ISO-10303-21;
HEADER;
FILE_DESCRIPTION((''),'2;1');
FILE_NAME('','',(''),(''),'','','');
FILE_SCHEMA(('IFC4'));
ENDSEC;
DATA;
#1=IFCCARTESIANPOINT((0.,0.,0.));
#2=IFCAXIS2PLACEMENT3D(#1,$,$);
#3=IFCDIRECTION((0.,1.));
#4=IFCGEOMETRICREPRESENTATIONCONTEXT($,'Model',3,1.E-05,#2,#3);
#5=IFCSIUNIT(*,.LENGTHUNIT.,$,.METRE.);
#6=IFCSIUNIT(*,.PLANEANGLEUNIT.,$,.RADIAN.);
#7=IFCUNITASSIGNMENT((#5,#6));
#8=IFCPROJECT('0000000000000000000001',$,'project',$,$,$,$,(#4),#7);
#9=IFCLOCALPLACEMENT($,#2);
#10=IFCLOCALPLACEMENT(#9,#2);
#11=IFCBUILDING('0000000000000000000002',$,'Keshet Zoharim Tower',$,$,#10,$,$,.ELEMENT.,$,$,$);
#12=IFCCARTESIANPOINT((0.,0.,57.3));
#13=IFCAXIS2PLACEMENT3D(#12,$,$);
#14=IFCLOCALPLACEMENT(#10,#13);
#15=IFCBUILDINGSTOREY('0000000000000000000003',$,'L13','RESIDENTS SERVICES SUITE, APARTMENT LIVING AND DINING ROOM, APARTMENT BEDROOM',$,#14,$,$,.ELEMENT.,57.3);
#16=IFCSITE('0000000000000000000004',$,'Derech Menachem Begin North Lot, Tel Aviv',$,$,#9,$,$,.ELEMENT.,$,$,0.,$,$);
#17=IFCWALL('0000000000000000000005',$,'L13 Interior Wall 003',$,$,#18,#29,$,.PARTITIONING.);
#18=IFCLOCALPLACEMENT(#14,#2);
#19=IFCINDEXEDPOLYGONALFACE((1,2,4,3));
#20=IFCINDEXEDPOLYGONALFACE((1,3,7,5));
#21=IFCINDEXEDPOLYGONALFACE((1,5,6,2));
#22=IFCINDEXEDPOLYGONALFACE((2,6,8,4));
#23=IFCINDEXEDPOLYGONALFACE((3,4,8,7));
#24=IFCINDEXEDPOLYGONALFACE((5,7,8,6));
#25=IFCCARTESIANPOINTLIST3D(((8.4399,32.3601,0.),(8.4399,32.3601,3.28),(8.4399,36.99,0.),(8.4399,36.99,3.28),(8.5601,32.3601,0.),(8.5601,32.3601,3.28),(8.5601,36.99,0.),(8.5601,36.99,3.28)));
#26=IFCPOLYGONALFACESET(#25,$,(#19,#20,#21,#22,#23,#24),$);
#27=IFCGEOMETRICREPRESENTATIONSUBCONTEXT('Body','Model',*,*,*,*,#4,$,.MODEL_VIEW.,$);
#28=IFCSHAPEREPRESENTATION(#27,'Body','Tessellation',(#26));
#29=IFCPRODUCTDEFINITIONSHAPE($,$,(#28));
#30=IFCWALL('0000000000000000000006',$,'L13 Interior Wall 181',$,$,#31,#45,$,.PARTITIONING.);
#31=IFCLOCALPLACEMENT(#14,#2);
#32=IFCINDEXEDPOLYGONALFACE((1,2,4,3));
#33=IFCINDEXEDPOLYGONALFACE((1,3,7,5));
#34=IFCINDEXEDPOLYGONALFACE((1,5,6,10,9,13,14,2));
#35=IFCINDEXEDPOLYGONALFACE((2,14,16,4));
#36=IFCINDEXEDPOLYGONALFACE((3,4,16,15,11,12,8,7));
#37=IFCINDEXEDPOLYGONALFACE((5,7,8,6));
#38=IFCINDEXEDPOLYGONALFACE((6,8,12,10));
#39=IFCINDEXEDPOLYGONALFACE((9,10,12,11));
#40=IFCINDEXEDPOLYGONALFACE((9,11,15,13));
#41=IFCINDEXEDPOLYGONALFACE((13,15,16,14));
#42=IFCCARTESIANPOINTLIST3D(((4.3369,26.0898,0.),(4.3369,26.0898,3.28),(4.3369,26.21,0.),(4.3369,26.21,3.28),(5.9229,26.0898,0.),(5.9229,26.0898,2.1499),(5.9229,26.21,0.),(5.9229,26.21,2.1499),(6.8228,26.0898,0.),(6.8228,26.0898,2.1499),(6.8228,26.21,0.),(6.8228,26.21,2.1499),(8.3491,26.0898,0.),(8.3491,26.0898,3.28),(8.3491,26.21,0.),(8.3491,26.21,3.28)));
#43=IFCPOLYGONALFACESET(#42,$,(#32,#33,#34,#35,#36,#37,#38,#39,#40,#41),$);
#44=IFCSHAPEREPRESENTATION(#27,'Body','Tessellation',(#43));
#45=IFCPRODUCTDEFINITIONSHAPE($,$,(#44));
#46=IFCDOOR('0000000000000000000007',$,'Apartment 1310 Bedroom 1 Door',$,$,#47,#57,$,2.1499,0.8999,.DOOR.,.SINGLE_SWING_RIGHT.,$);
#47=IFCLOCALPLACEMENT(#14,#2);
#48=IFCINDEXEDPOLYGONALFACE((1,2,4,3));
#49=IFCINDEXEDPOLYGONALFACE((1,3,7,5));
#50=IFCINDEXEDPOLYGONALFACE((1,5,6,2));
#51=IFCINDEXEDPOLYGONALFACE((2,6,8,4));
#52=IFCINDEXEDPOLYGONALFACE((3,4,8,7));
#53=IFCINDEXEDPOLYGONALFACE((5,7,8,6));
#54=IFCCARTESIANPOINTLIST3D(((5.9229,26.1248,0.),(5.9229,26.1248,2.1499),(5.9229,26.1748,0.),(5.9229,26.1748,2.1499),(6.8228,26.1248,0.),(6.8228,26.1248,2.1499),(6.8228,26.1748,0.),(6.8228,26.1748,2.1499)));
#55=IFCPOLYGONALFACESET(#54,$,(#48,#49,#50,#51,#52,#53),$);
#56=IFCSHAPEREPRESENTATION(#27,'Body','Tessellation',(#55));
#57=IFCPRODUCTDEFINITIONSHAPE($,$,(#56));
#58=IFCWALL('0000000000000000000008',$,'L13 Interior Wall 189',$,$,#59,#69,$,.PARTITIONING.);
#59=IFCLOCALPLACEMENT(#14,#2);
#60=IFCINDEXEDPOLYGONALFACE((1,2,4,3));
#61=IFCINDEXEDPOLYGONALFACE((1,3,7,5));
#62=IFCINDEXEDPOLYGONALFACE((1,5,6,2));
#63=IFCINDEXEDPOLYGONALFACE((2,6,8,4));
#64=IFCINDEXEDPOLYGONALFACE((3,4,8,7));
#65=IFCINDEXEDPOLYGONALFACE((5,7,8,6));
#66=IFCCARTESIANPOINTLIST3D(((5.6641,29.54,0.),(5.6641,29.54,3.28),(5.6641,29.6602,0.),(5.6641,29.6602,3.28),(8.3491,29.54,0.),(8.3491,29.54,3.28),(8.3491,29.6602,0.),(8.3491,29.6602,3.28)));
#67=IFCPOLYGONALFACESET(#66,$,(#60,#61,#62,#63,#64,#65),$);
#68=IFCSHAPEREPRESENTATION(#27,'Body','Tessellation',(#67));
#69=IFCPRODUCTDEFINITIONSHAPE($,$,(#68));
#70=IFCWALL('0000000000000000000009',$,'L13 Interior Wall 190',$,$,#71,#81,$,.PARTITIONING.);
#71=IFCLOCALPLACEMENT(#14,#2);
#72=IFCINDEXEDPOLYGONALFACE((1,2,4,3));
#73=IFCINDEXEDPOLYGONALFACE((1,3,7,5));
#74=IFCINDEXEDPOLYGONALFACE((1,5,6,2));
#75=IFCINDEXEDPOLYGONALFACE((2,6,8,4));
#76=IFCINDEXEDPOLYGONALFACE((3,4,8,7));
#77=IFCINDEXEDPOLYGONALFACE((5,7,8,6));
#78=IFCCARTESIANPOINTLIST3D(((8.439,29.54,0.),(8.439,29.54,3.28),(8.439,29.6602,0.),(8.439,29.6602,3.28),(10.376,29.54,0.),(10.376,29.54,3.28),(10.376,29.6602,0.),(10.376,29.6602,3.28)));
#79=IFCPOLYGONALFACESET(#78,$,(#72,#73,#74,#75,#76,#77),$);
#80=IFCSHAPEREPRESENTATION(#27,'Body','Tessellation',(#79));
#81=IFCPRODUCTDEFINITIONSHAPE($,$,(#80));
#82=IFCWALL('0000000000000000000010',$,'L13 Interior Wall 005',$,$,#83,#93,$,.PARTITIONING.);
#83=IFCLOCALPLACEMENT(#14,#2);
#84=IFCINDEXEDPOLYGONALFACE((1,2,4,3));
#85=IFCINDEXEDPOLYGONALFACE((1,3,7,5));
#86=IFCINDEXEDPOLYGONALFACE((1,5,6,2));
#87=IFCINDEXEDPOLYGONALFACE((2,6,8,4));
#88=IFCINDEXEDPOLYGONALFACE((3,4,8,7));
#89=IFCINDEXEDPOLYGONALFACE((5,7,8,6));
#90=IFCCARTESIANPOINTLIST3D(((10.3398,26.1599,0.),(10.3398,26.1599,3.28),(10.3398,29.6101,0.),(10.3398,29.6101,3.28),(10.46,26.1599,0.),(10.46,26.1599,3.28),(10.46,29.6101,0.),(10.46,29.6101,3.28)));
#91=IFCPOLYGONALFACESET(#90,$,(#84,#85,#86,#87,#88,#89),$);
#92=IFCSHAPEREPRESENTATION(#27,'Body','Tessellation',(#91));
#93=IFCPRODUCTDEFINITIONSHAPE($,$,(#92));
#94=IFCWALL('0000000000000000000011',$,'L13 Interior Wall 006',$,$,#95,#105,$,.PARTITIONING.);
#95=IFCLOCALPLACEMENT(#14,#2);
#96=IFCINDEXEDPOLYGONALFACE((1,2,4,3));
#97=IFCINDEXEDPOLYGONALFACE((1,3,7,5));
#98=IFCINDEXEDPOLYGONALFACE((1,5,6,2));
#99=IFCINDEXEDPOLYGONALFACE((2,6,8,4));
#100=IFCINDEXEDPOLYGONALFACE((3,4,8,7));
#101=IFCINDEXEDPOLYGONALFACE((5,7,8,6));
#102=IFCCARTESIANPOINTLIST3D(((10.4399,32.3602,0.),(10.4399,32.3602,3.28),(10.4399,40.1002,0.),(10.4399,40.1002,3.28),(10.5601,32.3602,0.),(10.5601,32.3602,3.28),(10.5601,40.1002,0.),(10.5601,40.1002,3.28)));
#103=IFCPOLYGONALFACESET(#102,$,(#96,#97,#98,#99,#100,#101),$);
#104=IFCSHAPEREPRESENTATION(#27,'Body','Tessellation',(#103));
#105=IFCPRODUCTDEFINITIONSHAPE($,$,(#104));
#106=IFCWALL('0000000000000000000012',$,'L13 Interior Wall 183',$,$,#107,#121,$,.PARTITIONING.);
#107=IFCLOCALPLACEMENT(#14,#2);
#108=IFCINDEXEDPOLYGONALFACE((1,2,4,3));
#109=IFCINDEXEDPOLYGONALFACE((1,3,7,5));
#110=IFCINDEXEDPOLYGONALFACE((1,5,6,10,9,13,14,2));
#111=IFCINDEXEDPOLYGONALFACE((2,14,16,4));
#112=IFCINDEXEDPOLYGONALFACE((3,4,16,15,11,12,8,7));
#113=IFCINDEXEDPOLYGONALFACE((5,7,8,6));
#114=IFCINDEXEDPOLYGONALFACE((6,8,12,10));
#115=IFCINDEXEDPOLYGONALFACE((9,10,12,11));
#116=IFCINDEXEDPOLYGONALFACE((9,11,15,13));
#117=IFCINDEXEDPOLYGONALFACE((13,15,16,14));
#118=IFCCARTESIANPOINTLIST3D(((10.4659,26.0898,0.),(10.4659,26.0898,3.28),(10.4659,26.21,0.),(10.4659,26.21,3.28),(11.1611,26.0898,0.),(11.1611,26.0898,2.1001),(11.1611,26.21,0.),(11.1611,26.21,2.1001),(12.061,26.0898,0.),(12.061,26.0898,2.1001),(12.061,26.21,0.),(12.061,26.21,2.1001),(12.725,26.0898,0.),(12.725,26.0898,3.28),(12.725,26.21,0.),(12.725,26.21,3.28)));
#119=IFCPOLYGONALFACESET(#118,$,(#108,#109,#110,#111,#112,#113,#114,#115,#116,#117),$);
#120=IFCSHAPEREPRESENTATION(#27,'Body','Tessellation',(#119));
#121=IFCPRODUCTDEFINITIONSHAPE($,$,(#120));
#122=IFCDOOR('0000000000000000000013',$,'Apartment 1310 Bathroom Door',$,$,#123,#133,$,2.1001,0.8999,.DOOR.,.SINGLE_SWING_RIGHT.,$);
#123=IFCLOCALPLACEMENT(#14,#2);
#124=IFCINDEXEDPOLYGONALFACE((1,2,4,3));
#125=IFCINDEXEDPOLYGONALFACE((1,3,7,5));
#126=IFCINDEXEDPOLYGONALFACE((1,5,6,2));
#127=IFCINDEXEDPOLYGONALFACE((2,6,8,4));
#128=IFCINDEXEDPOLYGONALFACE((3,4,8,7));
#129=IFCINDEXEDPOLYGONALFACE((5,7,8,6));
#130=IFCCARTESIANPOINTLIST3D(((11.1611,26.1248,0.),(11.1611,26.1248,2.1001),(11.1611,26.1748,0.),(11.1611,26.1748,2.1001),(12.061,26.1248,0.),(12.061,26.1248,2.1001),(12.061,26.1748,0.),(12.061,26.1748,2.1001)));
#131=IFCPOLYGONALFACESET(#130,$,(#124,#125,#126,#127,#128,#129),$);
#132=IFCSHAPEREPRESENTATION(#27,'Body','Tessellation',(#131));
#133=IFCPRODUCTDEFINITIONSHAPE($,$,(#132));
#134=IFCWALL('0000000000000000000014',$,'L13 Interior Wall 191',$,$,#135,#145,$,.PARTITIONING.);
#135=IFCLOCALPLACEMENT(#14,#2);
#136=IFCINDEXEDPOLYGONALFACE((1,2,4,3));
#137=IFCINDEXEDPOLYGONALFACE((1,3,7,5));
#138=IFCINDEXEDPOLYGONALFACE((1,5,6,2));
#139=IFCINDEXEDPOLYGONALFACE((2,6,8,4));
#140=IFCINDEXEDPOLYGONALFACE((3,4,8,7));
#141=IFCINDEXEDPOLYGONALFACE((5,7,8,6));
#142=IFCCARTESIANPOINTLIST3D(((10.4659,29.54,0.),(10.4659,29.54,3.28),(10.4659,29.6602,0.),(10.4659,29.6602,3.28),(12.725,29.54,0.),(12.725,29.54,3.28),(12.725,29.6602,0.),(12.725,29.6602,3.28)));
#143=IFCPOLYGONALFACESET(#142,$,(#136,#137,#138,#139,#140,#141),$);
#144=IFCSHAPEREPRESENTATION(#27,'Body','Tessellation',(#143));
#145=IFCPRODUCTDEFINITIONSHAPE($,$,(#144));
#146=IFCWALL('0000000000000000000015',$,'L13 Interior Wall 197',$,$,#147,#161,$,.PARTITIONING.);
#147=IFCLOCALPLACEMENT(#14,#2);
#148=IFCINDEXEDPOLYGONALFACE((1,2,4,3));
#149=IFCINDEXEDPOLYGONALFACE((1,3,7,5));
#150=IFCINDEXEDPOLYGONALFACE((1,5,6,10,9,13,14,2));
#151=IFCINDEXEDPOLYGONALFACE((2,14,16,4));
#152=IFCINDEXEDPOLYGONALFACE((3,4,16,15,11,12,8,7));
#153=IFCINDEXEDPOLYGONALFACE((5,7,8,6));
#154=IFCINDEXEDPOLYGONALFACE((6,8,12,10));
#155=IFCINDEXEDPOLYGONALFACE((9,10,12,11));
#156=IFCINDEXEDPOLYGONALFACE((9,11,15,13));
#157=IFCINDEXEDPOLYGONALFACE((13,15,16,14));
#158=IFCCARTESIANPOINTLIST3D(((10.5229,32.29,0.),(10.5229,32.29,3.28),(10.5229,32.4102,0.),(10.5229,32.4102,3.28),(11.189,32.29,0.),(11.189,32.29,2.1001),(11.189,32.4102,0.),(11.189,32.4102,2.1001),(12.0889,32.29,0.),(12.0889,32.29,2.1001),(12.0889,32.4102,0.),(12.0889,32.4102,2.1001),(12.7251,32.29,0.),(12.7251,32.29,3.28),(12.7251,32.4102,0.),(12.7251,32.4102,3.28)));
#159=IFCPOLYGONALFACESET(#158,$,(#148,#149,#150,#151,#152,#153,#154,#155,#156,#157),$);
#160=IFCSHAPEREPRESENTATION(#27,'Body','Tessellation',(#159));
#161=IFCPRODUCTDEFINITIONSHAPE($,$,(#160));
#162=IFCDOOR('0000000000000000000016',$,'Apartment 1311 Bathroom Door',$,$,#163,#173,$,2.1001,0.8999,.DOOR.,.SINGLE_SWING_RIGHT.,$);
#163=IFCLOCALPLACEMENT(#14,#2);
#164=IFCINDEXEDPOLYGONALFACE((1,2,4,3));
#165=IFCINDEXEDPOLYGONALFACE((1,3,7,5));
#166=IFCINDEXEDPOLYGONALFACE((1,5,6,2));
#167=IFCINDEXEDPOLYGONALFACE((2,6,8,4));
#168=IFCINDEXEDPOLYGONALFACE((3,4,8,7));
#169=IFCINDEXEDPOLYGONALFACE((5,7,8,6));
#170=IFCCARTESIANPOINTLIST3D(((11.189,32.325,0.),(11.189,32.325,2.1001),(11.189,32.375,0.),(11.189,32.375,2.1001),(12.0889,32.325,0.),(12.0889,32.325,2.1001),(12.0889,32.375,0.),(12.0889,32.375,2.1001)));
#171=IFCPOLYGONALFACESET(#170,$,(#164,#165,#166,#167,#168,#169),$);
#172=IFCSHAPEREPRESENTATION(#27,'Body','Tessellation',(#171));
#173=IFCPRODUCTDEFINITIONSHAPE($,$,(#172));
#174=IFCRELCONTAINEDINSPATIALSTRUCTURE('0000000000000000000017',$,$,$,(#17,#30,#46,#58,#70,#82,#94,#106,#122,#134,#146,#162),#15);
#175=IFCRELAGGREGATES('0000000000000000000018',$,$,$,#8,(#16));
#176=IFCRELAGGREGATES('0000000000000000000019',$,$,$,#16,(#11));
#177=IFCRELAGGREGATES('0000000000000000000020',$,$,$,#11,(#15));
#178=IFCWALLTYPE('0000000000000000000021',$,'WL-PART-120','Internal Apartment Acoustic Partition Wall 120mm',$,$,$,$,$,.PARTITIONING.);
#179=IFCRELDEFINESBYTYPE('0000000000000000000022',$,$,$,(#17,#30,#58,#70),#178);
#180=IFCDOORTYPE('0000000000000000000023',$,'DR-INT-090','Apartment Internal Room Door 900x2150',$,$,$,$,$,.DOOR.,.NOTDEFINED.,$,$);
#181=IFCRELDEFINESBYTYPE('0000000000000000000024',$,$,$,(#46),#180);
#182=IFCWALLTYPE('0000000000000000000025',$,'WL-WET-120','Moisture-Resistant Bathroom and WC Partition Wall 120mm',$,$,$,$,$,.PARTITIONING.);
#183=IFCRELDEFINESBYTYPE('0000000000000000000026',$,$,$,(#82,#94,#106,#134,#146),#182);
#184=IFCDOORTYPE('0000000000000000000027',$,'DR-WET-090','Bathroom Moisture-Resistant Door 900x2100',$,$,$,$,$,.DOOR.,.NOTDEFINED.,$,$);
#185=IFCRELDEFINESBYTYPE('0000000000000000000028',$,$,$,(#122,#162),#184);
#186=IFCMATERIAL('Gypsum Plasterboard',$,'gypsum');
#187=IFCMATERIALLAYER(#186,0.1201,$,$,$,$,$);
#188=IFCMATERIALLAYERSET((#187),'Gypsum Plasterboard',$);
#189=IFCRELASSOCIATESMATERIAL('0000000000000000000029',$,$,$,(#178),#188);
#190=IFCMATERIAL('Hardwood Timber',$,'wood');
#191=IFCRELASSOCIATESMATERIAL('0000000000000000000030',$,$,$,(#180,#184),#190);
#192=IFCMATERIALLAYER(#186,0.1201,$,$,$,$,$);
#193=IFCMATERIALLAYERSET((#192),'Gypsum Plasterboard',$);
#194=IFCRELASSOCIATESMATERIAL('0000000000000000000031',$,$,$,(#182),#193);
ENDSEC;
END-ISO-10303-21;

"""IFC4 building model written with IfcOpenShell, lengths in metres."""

from ifc_helpers import new_model, si_unit, direction, frame, frame_2d, origin, place, context, subcontext, project, spatial, rectangle, extrude, material, layer, layer_set, type_object, element, fill, save


model = new_model("IFC4")

# Units and contexts
model_context = context("Model", 3, precision=1e-05, world=origin(), true_north=direction((0.0, 1.0)))
body_context = subcontext(model_context, "Body", "Model", "MODEL_VIEW")
ifc_project = project(units=[si_unit("LENGTHUNIT", "METRE"), si_unit("PLANEANGLEUNIT", "RADIAN")], contexts=[model_context])

# Site, building, storey
site_placement = place(None, origin())
site = spatial("IfcSite", under=ifc_project, at=site_placement, Name="Derech Menachem Begin North Lot, Tel Aviv", CompositionType="ELEMENT", RefElevation=0.0)
building_placement = place(site_placement, origin())
building = spatial("IfcBuilding", under=site, at=building_placement, Name="Keshet Zoharim Tower", CompositionType="ELEMENT")
storey_placement = place(building_placement, frame((0.0, 0.0, 57.3)))
storey = spatial("IfcBuildingStorey", under=building, at=storey_placement, Name="L13", Description="RESIDENTS SERVICES SUITE, APARTMENT LIVING AND DINING ROOM, APARTMENT BEDROOM", CompositionType="ELEMENT", Elevation=57.3)

# Wall
ifc_material_1 = material(Name="Gypsum Plasterboard", Category="gypsum")
ifc_layer_1 = layer(ifc_material_1, 0.1201)
ifc_layer_set_1 = layer_set([ifc_layer_1], Name="Gypsum Plasterboard")
wall_type_1 = type_object("IfcWallType", Name="WL-PART-120", Description="Internal Apartment Acoustic Partition Wall 120mm", PredefinedType="PARTITIONING", material=ifc_layer_set_1)
wall_1_placement = place(storey_placement, frame((8.5, 32.3601, 0.0), z_axis=(0.0, 0.0, 1.0), x_axis=(0.0, 1.0, 0.0)))
element("IfcWall", 1, at=wall_1_placement, inside=storey, type_object=wall_type_1, Name="L13 Interior Wall 003", PredefinedType="PARTITIONING", context=body_context, shape_type="SweptSolid", body=[
    extrude(rectangle(XDim=4.6299, YDim=0.1201, at=frame_2d((2.3149, 0.0))), origin(), (0.0, 0.0, 1.0), 3.28),
])

# Wall, opening, door
wall_2_placement = place(storey_placement, frame((4.3369, 26.1499, 0.0), z_axis=(0.0, 0.0, 1.0), x_axis=(1.0, 0.0, 0.0)))
wall_2 = element("IfcWall", 2, at=wall_2_placement, inside=storey, type_object=wall_type_1, Name="L13 Interior Wall 181", PredefinedType="PARTITIONING", context=body_context, shape_type="SweptSolid", body=[
    extrude(rectangle(XDim=4.0122, YDim=0.1201, at=frame_2d((2.0061, 0.0))), origin(), (0.0, 0.0, 1.0), 3.28),
])
opening_1_placement = place(wall_2_placement, frame((1.5859, 0.0, 0.0)))
opening_1 = element("IfcOpeningElement", 3, at=opening_1_placement, cuts=wall_2, PredefinedType="OPENING", context=body_context, shape_type="SweptSolid", body=[
    extrude(rectangle(XDim=0.8999, YDim=2.1499, at=frame_2d((0.45, 1.075))), frame((0.0, 0.0701, 0.0), z_axis=(0.0, -1.0, 0.0), x_axis=(1.0, 0.0, 0.0)), (0.0, 0.0, 1.0), 0.1401),
])
ifc_material_2 = material(Name="Hardwood Timber", Category="wood")
door_type_1 = type_object("IfcDoorType", Name="DR-INT-090", Description="Apartment Internal Room Door 900x2150", OperationType="NOTDEFINED", PredefinedType="DOOR", material=ifc_material_2)
door_1_placement = place(opening_1_placement, origin())
door_1 = element("IfcDoor", 4, at=door_1_placement, inside=storey, type_object=door_type_1, Name="Apartment 1310 Bedroom 1 Door", OperationType="SINGLE_SWING_RIGHT", OverallHeight=2.1499, OverallWidth=0.8999, PredefinedType="DOOR", context=body_context, shape_type="SweptSolid", body=[
    extrude(rectangle(XDim=0.8999, YDim=2.1499, at=frame_2d((0.45, 1.075))), frame((0.0, 0.0249, 0.0), z_axis=(0.0, -1.0, 0.0), x_axis=(1.0, 0.0, 0.0)), (0.0, 0.0, 1.0), 0.05),
])
fill(opening_1, door_1)

# Walls
wall_3_placement = place(storey_placement, frame((5.6641, 29.6001, 0.0), z_axis=(0.0, 0.0, 1.0), x_axis=(1.0, 0.0, 0.0)))
element("IfcWall", 5, at=wall_3_placement, inside=storey, type_object=wall_type_1, Name="L13 Interior Wall 189", PredefinedType="PARTITIONING", context=body_context, shape_type="SweptSolid", body=[
    extrude(rectangle(XDim=2.6851, YDim=0.1201, at=frame_2d((1.3425, 0.0))), origin(), (0.0, 0.0, 1.0), 3.28),
])
wall_4_placement = place(storey_placement, frame((8.439, 29.6001, 0.0), z_axis=(0.0, 0.0, 1.0), x_axis=(1.0, 0.0, 0.0)))
element("IfcWall", 6, at=wall_4_placement, inside=storey, type_object=wall_type_1, Name="L13 Interior Wall 190", PredefinedType="PARTITIONING", context=body_context, shape_type="SweptSolid", body=[
    extrude(rectangle(XDim=1.937, YDim=0.1201, at=frame_2d((0.9685, 0.0))), origin(), (0.0, 0.0, 1.0), 3.28),
])

# Walls
ifc_layer_2 = layer(ifc_material_1, 0.1201)
ifc_layer_set_2 = layer_set([ifc_layer_2], Name="Gypsum Plasterboard")
wall_type_2 = type_object("IfcWallType", Name="WL-WET-120", Description="Moisture-Resistant Bathroom and WC Partition Wall 120mm", PredefinedType="PARTITIONING", material=ifc_layer_set_2)
wall_5_placement = place(storey_placement, frame((10.3999, 26.1599, 0.0), z_axis=(0.0, 0.0, 1.0), x_axis=(0.0, 1.0, 0.0)))
element("IfcWall", 7, at=wall_5_placement, inside=storey, type_object=wall_type_2, Name="L13 Interior Wall 005", PredefinedType="PARTITIONING", context=body_context, shape_type="SweptSolid", body=[
    extrude(rectangle(XDim=3.4502, YDim=0.1201, at=frame_2d((1.7251, 0.0))), origin(), (0.0, 0.0, 1.0), 3.28),
])
wall_6_placement = place(storey_placement, frame((10.5, 32.3601, 0.0), z_axis=(0.0, 0.0, 1.0), x_axis=(0.0, 1.0, 0.0)))
element("IfcWall", 8, at=wall_6_placement, inside=storey, type_object=wall_type_2, Name="L13 Interior Wall 006", PredefinedType="PARTITIONING", context=body_context, shape_type="SweptSolid", body=[
    extrude(rectangle(XDim=7.74, YDim=0.1201, at=frame_2d((3.8701, 0.0))), origin(), (0.0, 0.0, 1.0), 3.28),
])

# Wall, opening, door
wall_7_placement = place(storey_placement, frame((10.4661, 26.1499, 0.0), z_axis=(0.0, 0.0, 1.0), x_axis=(1.0, 0.0, 0.0)))
wall_7 = element("IfcWall", 9, at=wall_7_placement, inside=storey, type_object=wall_type_2, Name="L13 Interior Wall 183", PredefinedType="PARTITIONING", context=body_context, shape_type="SweptSolid", body=[
    extrude(rectangle(XDim=2.259, YDim=0.1201, at=frame_2d((1.1294, 0.0))), origin(), (0.0, 0.0, 1.0), 3.28),
])
opening_2_placement = place(wall_7_placement, frame((0.6951, 0.0, 0.0)))
opening_2 = element("IfcOpeningElement", 10, at=opening_2_placement, cuts=wall_7, PredefinedType="OPENING", context=body_context, shape_type="SweptSolid", body=[
    extrude(rectangle(XDim=0.8999, YDim=2.1001, at=frame_2d((0.45, 1.05))), frame((0.0, 0.0701, 0.0), z_axis=(0.0, -1.0, 0.0), x_axis=(1.0, 0.0, 0.0)), (0.0, 0.0, 1.0), 0.1401),
])
door_type_2 = type_object("IfcDoorType", Name="DR-WET-090", Description="Bathroom Moisture-Resistant Door 900x2100", OperationType="NOTDEFINED", PredefinedType="DOOR", material=ifc_material_2)
door_2_placement = place(opening_2_placement, origin())
door_2 = element("IfcDoor", 11, at=door_2_placement, inside=storey, type_object=door_type_2, Name="Apartment 1310 Bathroom Door", OperationType="SINGLE_SWING_RIGHT", OverallHeight=2.1001, OverallWidth=0.8999, PredefinedType="DOOR", context=body_context, shape_type="SweptSolid", body=[
    extrude(rectangle(XDim=0.8999, YDim=2.1001, at=frame_2d((0.45, 1.05))), frame((0.0, 0.0249, 0.0), z_axis=(0.0, -1.0, 0.0), x_axis=(1.0, 0.0, 0.0)), (0.0, 0.0, 1.0), 0.05),
])
fill(opening_2, door_2)

# Wall
wall_8_placement = place(storey_placement, frame((10.4661, 29.6001, 0.0), z_axis=(0.0, 0.0, 1.0), x_axis=(1.0, 0.0, 0.0)))
element("IfcWall", 12, at=wall_8_placement, inside=storey, type_object=wall_type_2, Name="L13 Interior Wall 191", PredefinedType="PARTITIONING", context=body_context, shape_type="SweptSolid", body=[
    extrude(rectangle(XDim=2.259, YDim=0.1201, at=frame_2d((1.1294, 0.0))), origin(), (0.0, 0.0, 1.0), 3.28),
])

# Wall, opening, door
wall_9_placement = place(storey_placement, frame((10.5229, 32.3501, 0.0), z_axis=(0.0, 0.0, 1.0), x_axis=(1.0, 0.0, 0.0)))
wall_9 = element("IfcWall", 13, at=wall_9_placement, inside=storey, type_object=wall_type_2, Name="L13 Interior Wall 197", PredefinedType="PARTITIONING", context=body_context, shape_type="SweptSolid", body=[
    extrude(rectangle(XDim=2.2021, YDim=0.1201, at=frame_2d((1.1011, 0.0))), origin(), (0.0, 0.0, 1.0), 3.28),
])
opening_3_placement = place(wall_9_placement, frame((0.666, 0.0, 0.0)))
opening_3 = element("IfcOpeningElement", 14, at=opening_3_placement, cuts=wall_9, PredefinedType="OPENING", context=body_context, shape_type="SweptSolid", body=[
    extrude(rectangle(XDim=0.8999, YDim=2.1001, at=frame_2d((0.45, 1.05))), frame((0.0, 0.0701, 0.0), z_axis=(0.0, -1.0, 0.0), x_axis=(1.0, 0.0, 0.0)), (0.0, 0.0, 1.0), 0.1401),
])
door_3_placement = place(opening_3_placement, origin())
door_3 = element("IfcDoor", 15, at=door_3_placement, inside=storey, type_object=door_type_2, Name="Apartment 1311 Bathroom Door", OperationType="SINGLE_SWING_RIGHT", OverallHeight=2.1001, OverallWidth=0.8999, PredefinedType="DOOR", context=body_context, shape_type="SweptSolid", body=[
    extrude(rectangle(XDim=0.8999, YDim=2.1001, at=frame_2d((0.45, 1.05))), frame((0.0, 0.0249, 0.0), z_axis=(0.0, -1.0, 0.0), x_axis=(1.0, 0.0, 0.0)), (0.0, 0.0, 1.0), 0.05),
])
fill(opening_3, door_3)

save(model, "model.ifc")
